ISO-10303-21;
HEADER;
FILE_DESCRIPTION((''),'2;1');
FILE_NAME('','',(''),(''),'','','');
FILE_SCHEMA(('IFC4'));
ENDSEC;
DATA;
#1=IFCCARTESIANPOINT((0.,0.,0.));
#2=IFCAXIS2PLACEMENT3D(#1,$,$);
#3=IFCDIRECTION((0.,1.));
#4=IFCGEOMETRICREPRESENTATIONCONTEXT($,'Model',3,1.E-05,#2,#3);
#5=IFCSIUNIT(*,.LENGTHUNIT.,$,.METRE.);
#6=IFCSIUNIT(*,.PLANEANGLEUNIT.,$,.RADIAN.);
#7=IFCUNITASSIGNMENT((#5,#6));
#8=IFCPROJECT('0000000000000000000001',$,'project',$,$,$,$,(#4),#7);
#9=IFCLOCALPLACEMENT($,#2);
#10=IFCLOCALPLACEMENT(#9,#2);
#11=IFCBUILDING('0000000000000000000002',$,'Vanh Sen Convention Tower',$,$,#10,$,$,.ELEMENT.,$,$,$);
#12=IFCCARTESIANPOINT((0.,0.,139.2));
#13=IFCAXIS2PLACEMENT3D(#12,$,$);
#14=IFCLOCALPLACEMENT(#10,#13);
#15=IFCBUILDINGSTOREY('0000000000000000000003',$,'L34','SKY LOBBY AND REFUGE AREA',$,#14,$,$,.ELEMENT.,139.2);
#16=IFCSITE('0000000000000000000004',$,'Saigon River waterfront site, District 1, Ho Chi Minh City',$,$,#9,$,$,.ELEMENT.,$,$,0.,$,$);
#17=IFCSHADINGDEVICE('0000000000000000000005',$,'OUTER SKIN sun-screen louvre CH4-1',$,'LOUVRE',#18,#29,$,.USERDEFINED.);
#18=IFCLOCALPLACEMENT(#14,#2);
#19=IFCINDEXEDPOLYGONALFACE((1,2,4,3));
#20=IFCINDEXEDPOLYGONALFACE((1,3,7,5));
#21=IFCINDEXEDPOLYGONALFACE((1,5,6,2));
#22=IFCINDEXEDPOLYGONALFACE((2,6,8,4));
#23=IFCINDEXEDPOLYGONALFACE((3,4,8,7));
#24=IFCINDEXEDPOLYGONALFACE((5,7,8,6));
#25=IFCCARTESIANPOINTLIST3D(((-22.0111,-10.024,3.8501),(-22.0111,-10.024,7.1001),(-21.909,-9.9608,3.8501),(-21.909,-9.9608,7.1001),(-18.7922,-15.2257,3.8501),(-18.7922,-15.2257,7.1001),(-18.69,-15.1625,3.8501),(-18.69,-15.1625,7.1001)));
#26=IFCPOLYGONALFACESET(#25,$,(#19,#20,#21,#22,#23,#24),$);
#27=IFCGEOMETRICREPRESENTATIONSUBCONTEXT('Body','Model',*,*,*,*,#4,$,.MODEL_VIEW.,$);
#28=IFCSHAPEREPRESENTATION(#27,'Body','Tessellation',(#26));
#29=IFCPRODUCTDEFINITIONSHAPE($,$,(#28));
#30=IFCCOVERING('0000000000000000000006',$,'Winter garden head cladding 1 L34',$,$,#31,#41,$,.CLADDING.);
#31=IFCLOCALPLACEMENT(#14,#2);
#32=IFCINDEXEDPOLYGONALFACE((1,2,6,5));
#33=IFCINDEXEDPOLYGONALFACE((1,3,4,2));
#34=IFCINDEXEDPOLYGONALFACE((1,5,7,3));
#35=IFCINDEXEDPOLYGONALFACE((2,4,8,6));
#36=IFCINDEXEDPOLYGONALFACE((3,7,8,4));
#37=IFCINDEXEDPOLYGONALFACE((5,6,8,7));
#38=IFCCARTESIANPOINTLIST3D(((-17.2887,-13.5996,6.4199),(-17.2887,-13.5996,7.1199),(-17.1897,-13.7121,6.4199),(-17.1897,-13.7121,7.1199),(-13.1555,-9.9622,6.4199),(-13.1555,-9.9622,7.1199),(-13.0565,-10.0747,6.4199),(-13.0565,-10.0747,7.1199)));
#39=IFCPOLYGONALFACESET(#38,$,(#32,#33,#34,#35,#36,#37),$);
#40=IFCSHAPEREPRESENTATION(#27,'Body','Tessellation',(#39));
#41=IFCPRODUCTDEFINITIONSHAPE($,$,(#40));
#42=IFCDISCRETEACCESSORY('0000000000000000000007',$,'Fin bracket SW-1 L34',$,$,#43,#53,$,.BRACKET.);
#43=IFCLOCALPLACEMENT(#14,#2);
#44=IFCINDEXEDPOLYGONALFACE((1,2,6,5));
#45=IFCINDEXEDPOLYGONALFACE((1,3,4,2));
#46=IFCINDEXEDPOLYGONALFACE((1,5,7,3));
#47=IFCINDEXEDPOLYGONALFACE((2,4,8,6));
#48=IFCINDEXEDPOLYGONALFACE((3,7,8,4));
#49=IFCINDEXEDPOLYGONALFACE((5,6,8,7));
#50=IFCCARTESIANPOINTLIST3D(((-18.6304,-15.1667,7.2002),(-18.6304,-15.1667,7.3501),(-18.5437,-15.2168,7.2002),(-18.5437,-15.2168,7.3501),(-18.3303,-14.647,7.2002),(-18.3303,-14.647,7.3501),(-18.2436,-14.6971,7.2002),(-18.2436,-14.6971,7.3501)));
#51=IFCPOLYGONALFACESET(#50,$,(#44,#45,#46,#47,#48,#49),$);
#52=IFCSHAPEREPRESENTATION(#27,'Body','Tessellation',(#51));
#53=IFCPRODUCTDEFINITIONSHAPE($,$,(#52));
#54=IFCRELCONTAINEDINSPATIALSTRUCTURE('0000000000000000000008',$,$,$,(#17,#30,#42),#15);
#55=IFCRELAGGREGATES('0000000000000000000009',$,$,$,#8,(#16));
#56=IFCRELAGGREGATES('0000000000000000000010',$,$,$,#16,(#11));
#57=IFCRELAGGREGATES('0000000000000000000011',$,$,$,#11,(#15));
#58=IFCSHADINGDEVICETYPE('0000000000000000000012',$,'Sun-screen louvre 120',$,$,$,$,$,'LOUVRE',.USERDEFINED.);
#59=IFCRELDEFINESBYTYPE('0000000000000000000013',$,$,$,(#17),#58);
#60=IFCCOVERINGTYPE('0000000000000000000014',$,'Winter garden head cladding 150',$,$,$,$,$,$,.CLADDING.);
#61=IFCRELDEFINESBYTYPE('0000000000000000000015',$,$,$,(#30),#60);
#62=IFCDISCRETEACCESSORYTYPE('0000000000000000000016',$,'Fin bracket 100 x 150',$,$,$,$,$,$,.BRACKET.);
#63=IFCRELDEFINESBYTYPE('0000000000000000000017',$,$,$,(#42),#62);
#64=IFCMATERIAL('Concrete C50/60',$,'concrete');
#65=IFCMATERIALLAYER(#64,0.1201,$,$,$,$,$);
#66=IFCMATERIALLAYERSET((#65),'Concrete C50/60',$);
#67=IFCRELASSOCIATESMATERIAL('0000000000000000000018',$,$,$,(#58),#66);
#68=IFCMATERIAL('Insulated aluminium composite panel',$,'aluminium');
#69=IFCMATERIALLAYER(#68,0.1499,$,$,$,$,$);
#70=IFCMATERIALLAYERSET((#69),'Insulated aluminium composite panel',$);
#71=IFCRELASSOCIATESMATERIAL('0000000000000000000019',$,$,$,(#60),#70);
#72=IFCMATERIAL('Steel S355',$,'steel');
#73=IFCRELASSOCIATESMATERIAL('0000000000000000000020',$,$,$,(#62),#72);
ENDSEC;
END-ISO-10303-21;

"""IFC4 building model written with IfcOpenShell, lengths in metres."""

from ifc_helpers import new_model, si_unit, direction, frame, origin, origin_2d, place, context, subcontext, project, spatial, rectangle, extrude, material, layer, layer_set, type_object, element, save


model = new_model("IFC4")

# Units and contexts
model_context = context("Model", 3, precision=1e-05, world=origin(), true_north=direction((0.0, 1.0)))
body_context = subcontext(model_context, "Body", "Model", "MODEL_VIEW")
ifc_project = project(units=[si_unit("LENGTHUNIT", "METRE"), si_unit("PLANEANGLEUNIT", "RADIAN")], contexts=[model_context])

# Site, building, storey
site_placement = place(None, origin())
site = spatial("IfcSite", under=ifc_project, at=site_placement, Name="Saigon River waterfront site, District 1, Ho Chi Minh City", CompositionType="ELEMENT", RefElevation=0.0)
building_placement = place(site_placement, origin())
building = spatial("IfcBuilding", under=site, at=building_placement, Name="Vanh Sen Convention Tower", CompositionType="ELEMENT")
storey_placement = place(building_placement, frame((0.0, 0.0, 139.2)))
storey = spatial("IfcBuildingStorey", under=building, at=storey_placement, Name="L34", Description="SKY LOBBY AND REFUGE AREA", CompositionType="ELEMENT", Elevation=139.2)

# Shading device
ifc_material_1 = material(Name="Concrete C50/60", Category="concrete")
ifc_layer_1 = layer(ifc_material_1, 0.1201)
ifc_layer_set_1 = layer_set([ifc_layer_1], Name="Concrete C50/60")
shading_device_type = type_object("IfcShadingDeviceType", Name="Sun-screen louvre 120", ElementType="LOUVRE", PredefinedType="USERDEFINED", material=ifc_layer_set_1)
shading_device_1_placement = place(storey_placement, frame((-20.3506, -12.5933, 3.8501), z_axis=(0.0, 0.0, 1.0), x_axis=(0.526218, -0.850349, 0.0)))
element("IfcShadingDevice", 1, at=shading_device_1_placement, inside=storey, type_object=shading_device_type, Name="OUTER SKIN sun-screen louvre CH4-1", ObjectType="LOUVRE", PredefinedType="USERDEFINED", context=body_context, shape_type="SweptSolid", body=[
    extrude(rectangle(XDim=6.1172, YDim=0.1201, at=origin_2d()), origin(), (0.0, 0.0, 1.0), 3.25),
])

# Covering
ifc_material_2 = material(Name="Insulated aluminium composite panel", Category="aluminium")
ifc_layer_2 = layer(ifc_material_2, 0.1499)
ifc_layer_set_2 = layer_set([ifc_layer_2], Name="Insulated aluminium composite panel")
covering_type = type_object("IfcCoveringType", Name="Winter garden head cladding 150", PredefinedType="CLADDING", material=ifc_layer_set_2)
covering_placement = place(storey_placement, frame((-15.1726, -11.8372, 6.4199), z_axis=(0.0, 0.0, 1.0), x_axis=(0.750698, 0.660645, 0.0)))
element("IfcCovering", 2, at=covering_placement, inside=storey, type_object=covering_type, Name="Winter garden head cladding 1 L34", PredefinedType="CLADDING", context=body_context, shape_type="SweptSolid", body=[
    extrude(rectangle(XDim=5.5059, YDim=0.1499, at=origin_2d()), origin(), (0.0, 0.0, 1.0), 0.7),
])

# Discrete accessory
ifc_material_3 = material(Name="Steel S355", Category="steel")
discrete_accessory_type = type_object("IfcDiscreteAccessoryType", Name="Fin bracket 100 x 150", PredefinedType="BRACKET", material=ifc_material_3)
discrete_accessory_placement = place(storey_placement, frame((-18.437, -14.9319, 7.2002), z_axis=(0.0, 0.0, 1.0), x_axis=(-0.5, -0.866025, 0.0)))
element("IfcDiscreteAccessory", 3, at=discrete_accessory_placement, inside=storey, type_object=discrete_accessory_type, Name="Fin bracket SW-1 L34", PredefinedType="BRACKET", context=body_context, shape_type="SweptSolid", body=[
    extrude(rectangle(XDim=0.6001, YDim=0.1001, at=origin_2d()), origin(), (0.0, 0.0, 1.0), 0.1499),
])

save(model, "model.ifc")
